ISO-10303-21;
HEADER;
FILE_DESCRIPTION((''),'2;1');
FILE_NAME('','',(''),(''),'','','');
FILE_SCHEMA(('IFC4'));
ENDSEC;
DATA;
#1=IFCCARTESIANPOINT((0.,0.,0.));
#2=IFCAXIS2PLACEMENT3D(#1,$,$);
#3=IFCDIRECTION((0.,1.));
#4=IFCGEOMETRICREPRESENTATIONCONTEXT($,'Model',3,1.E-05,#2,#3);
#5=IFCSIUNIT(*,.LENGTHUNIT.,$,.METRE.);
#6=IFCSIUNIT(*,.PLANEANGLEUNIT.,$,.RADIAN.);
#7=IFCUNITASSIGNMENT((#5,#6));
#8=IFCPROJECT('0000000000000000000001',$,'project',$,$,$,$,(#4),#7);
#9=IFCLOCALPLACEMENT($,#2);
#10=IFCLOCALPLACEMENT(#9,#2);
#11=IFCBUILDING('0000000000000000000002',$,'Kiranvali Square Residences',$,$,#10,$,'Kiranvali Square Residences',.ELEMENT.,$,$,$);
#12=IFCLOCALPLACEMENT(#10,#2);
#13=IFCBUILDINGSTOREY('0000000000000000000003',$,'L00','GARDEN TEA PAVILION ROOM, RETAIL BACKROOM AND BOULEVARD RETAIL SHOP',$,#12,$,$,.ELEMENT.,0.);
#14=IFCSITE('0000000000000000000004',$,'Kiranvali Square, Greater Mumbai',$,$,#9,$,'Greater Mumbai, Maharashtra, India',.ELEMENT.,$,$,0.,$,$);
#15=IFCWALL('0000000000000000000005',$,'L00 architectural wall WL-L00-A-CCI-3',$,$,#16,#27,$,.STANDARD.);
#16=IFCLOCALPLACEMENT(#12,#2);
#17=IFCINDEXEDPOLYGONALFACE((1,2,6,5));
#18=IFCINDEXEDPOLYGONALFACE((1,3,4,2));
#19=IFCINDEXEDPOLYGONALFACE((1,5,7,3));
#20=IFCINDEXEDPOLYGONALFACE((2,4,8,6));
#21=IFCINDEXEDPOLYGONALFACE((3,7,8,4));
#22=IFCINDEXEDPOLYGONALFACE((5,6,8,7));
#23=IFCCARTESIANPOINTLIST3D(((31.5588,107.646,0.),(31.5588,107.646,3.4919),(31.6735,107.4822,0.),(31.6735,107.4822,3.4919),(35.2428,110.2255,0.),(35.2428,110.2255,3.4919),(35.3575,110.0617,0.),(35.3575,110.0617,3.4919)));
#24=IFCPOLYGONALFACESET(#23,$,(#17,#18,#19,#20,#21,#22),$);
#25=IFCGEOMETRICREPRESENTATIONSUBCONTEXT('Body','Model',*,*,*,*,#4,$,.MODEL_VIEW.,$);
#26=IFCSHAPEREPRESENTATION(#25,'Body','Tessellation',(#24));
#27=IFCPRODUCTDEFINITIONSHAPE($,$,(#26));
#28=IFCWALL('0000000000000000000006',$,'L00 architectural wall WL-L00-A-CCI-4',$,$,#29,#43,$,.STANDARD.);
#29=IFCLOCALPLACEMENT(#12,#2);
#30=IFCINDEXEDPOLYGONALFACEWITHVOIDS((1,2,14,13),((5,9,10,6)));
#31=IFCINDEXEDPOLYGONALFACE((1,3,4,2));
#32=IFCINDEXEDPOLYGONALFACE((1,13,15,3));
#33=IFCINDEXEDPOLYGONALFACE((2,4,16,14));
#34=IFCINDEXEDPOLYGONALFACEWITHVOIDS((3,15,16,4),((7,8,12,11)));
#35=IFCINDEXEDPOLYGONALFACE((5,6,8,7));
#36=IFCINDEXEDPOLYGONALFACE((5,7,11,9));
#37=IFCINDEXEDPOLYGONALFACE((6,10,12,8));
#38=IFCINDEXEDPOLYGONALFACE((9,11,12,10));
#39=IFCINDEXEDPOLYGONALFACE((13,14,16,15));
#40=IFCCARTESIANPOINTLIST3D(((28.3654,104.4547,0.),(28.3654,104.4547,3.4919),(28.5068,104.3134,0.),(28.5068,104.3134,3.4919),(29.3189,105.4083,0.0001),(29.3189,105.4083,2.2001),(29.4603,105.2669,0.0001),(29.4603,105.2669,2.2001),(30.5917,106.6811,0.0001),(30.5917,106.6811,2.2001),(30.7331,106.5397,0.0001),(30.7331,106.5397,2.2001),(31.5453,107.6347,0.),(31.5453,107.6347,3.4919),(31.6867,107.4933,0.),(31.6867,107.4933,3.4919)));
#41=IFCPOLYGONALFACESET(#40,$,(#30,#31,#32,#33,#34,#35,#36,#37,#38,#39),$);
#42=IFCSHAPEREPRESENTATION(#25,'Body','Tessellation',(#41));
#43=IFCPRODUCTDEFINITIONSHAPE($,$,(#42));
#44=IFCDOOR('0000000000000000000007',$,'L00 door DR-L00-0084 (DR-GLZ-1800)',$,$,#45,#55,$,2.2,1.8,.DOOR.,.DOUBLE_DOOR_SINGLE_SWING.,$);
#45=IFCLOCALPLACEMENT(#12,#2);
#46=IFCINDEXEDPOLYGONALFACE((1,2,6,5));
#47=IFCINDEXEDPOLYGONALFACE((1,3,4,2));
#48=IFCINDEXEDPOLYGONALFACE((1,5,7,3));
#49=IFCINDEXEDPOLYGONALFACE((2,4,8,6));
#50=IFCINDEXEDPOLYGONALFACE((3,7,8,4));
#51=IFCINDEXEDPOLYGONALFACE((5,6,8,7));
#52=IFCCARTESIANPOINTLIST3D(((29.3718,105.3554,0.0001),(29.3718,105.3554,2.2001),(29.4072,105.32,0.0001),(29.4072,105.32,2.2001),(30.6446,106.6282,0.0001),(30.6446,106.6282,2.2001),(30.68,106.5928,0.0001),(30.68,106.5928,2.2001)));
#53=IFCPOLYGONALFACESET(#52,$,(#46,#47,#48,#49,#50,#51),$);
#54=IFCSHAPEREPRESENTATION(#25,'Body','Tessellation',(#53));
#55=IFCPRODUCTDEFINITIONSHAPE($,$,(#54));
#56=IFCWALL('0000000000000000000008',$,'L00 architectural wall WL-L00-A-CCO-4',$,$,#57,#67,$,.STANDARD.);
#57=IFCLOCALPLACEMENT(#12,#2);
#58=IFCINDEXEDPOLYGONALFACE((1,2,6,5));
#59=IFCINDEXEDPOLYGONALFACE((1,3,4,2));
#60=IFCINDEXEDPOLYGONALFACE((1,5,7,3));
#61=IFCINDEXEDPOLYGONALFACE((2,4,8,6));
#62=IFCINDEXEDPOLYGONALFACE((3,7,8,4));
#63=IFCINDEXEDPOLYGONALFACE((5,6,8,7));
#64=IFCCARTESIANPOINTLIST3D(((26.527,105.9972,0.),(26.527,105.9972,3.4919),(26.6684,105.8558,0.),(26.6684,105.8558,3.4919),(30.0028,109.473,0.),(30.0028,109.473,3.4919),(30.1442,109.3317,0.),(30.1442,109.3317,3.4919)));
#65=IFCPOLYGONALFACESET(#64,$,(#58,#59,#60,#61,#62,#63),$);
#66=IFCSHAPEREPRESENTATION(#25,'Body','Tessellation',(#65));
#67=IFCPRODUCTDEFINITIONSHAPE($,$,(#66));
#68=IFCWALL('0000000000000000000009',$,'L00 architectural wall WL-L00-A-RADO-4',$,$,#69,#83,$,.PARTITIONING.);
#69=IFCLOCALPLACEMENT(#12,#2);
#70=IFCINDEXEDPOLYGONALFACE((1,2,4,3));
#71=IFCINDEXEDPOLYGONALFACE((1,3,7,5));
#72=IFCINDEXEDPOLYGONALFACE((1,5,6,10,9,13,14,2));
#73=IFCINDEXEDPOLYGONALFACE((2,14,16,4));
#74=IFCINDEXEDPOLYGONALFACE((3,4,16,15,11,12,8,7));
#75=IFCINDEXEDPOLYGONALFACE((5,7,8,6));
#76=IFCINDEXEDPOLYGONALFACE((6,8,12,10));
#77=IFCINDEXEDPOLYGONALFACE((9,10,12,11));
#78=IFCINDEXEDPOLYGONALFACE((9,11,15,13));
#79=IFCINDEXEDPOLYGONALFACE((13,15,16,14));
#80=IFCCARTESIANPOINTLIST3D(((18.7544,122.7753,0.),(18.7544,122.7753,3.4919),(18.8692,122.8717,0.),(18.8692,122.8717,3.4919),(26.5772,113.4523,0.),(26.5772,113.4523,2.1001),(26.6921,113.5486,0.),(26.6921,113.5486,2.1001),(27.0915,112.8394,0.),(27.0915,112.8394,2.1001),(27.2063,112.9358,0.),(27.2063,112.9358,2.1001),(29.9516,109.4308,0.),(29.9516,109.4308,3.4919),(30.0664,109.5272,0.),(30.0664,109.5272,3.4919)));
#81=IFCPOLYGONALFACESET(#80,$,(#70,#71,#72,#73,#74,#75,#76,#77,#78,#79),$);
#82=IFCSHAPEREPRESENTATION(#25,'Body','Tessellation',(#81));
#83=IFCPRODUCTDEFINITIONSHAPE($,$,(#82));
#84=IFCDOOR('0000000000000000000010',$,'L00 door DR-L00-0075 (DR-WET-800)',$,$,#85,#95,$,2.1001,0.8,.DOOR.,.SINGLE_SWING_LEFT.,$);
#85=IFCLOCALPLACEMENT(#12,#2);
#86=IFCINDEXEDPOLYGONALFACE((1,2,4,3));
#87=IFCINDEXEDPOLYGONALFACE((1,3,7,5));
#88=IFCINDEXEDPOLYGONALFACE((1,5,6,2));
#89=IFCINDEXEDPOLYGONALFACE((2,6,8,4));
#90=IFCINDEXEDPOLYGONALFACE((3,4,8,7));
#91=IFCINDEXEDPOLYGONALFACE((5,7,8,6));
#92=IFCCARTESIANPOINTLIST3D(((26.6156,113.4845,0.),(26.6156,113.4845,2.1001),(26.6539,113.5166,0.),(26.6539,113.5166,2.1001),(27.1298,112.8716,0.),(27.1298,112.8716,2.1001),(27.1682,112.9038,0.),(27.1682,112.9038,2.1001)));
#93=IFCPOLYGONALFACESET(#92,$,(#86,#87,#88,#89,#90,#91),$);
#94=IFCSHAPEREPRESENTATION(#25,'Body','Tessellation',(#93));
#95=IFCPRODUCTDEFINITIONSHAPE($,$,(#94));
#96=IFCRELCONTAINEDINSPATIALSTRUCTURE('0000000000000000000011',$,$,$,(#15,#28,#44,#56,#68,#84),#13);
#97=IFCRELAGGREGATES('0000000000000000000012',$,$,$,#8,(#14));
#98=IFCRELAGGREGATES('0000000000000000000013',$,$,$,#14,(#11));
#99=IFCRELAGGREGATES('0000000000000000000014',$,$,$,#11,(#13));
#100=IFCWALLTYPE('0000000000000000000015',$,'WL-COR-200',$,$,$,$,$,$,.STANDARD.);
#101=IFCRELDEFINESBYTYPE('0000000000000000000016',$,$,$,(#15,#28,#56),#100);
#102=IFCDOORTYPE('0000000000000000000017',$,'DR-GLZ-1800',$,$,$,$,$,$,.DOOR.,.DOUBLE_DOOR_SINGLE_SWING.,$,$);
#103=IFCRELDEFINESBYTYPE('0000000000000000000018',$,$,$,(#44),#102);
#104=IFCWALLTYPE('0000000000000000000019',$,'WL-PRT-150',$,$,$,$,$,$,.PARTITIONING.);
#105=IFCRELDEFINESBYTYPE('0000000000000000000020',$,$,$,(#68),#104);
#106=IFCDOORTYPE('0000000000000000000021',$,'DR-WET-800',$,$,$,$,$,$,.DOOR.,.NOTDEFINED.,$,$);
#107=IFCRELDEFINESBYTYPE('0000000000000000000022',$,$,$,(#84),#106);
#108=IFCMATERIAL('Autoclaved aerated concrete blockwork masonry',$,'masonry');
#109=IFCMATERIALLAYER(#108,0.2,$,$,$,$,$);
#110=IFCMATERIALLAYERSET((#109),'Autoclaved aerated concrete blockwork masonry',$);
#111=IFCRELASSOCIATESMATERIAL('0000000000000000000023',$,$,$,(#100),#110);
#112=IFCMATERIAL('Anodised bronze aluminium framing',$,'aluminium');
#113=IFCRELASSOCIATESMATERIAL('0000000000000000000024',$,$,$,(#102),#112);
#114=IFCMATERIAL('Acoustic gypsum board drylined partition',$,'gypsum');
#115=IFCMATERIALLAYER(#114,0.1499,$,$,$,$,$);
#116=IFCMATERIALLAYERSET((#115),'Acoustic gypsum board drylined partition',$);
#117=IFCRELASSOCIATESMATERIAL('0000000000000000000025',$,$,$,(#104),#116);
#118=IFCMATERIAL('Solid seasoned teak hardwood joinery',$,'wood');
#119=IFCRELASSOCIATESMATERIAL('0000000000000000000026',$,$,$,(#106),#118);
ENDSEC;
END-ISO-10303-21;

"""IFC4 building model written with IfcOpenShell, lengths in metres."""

from ifc_helpers import new_model, si_unit, direction, frame, frame_2d, origin, place, context, subcontext, project, spatial, rectangle, extrude, material, layer, layer_set, type_object, element, fill, save


model = new_model("IFC4")

# Units and contexts
model_context = context("Model", 3, precision=1e-05, world=origin(), true_north=direction((0.0, 1.0)))
body_context = subcontext(model_context, "Body", "Model", "MODEL_VIEW")
ifc_project = project(units=[si_unit("LENGTHUNIT", "METRE"), si_unit("PLANEANGLEUNIT", "RADIAN")], contexts=[model_context])

# Site, building, storey
site_placement = place(None, origin())
site = spatial("IfcSite", under=ifc_project, at=site_placement, Name="Kiranvali Square, Greater Mumbai", LongName="Greater Mumbai, Maharashtra, India", CompositionType="ELEMENT", RefElevation=0.0)
building_placement = place(site_placement, origin())
building = spatial("IfcBuilding", under=site, at=building_placement, Name="Kiranvali Square Residences", LongName="Kiranvali Square Residences", CompositionType="ELEMENT")
storey_placement = place(building_placement, origin())
storey = spatial("IfcBuildingStorey", under=building, at=storey_placement, Name="L00", Description="GARDEN TEA PAVILION ROOM, RETAIL BACKROOM AND BOULEVARD RETAIL SHOP", CompositionType="ELEMENT", Elevation=0.0)

# Shared definitions
ifc_material_1 = material(Name="Anodised bronze aluminium framing", Category="aluminium")

# Wall
ifc_material_2 = material(Name="Autoclaved aerated concrete blockwork masonry", Category="masonry")
ifc_layer_1 = layer(ifc_material_2, 0.2)
ifc_layer_set_1 = layer_set([ifc_layer_1], Name="Autoclaved aerated concrete blockwork masonry")
wall_type_1 = type_object("IfcWallType", Name="WL-COR-200", PredefinedType="STANDARD", material=ifc_layer_set_1)
wall_1_placement = place(storey_placement, frame((35.3, 110.1436, 0.0), z_axis=(0.0, 0.0, 1.0), x_axis=(-0.819155, -0.573572, 0.0)))
element("IfcWall", 1, at=wall_1_placement, inside=storey, type_object=wall_type_1, Name="L00 architectural wall WL-L00-A-CCI-3", PredefinedType="STANDARD", context=body_context, shape_type="SweptSolid", body=[
    extrude(rectangle(XDim=4.4973, YDim=0.2, at=frame_2d((2.2485, 0.0))), origin(), (0.0, 0.0, 1.0), 3.4919),
])

# Wall, opening, door
wall_2_placement = place(storey_placement, frame((31.616, 107.564, 0.0), z_axis=(0.0, 0.0, 1.0), x_axis=(-0.707107, -0.707107, 0.0)))
wall_2 = element("IfcWall", 2, at=wall_2_placement, inside=storey, type_object=wall_type_1, Name="L00 architectural wall WL-L00-A-CCI-4", PredefinedType="STANDARD", context=body_context, shape_type="SweptSolid", body=[
    extrude(rectangle(XDim=4.4971, YDim=0.2, at=frame_2d((2.2485, 0.0))), origin(), (0.0, 0.0, 1.0), 3.4919),
])
opening_1_placement = place(wall_2_placement, frame((1.3486, 0.0, 0.0)))
opening_1 = element("IfcOpeningElement", 3, at=opening_1_placement, cuts=wall_2, PredefinedType="OPENING", context=body_context, shape_type="SweptSolid", body=[
    extrude(rectangle(XDim=1.8, YDim=2.2, at=frame_2d((0.8999, 1.1001))), frame((0.0, 0.1099, 0.0), z_axis=(0.0, -1.0, 0.0), x_axis=(1.0, 0.0, 0.0)), (0.0, 0.0, 1.0), 0.22),
])
door_type_1 = type_object("IfcDoorType", Name="DR-GLZ-1800", OperationType="DOUBLE_DOOR_SINGLE_SWING", PredefinedType="DOOR", material=ifc_material_1)
door_1_placement = place(opening_1_placement, origin())
door_1 = element("IfcDoor", 4, at=door_1_placement, inside=storey, type_object=door_type_1, Name="L00 door DR-L00-0084 (DR-GLZ-1800)", OperationType="DOUBLE_DOOR_SINGLE_SWING", OverallHeight=2.2, OverallWidth=1.8, PredefinedType="DOOR", context=body_context, shape_type="SweptSolid", body=[
    extrude(rectangle(XDim=1.8, YDim=2.2, at=frame_2d((0.8999, 1.1001))), frame((0.0, 0.0249, 0.0), z_axis=(0.0, -1.0, 0.0), x_axis=(1.0, 0.0, 0.0)), (0.0, 0.0, 1.0), 0.05),
])
fill(opening_1, door_1)

# Wall
wall_3_placement = place(storey_placement, frame((30.0735, 109.4023, 0.0), z_axis=(0.0, 0.0, 1.0), x_axis=(-0.707107, -0.707107, 0.0)))
element("IfcWall", 5, at=wall_3_placement, inside=storey, type_object=wall_type_1, Name="L00 architectural wall WL-L00-A-CCO-4", PredefinedType="STANDARD", context=body_context, shape_type="SweptSolid", body=[
    extrude(rectangle(XDim=4.9155, YDim=0.2, at=frame_2d((2.4578, 0.0))), origin(), (0.0, 0.0, 1.0), 3.4919),
])

# Wall, opening, door
ifc_material_3 = material(Name="Acoustic gypsum board drylined partition", Category="gypsum")
ifc_layer_2 = layer(ifc_material_3, 0.1499)
ifc_layer_set_2 = layer_set([ifc_layer_2], Name="Acoustic gypsum board drylined partition")
wall_type_2 = type_object("IfcWallType", Name="WL-PRT-150", PredefinedType="PARTITIONING", material=ifc_layer_set_2)
wall_4_placement = place(storey_placement, frame((30.009, 109.479, 0.0), z_axis=(0.0, 0.0, 1.0), x_axis=(-0.642785, 0.766047, 0.0)))
wall_4 = element("IfcWall", 6, at=wall_4_placement, inside=storey, type_object=wall_type_2, Name="L00 architectural wall WL-L00-A-RADO-4", PredefinedType="PARTITIONING", context=body_context, shape_type="SweptSolid", body=[
    extrude(rectangle(XDim=17.4199, YDim=0.1499, at=frame_2d((8.71, 0.0))), origin(), (0.0, 0.0, 1.0), 3.4919),
])
opening_2_placement = place(wall_4_placement, frame((4.4497, 0.0, 0.0)))
opening_2 = element("IfcOpeningElement", 7, at=opening_2_placement, cuts=wall_4, PredefinedType="OPENING", context=body_context, shape_type="SweptSolid", body=[
    extrude(rectangle(XDim=0.8, YDim=2.1001, at=frame_2d((0.3999, 1.05))), frame((0.0, 0.085, 0.0), z_axis=(0.0, -1.0, 0.0), x_axis=(1.0, 0.0, 0.0)), (0.0, 0.0, 1.0), 0.1699),
])
ifc_material_4 = material(Name="Solid seasoned teak hardwood joinery", Category="wood")
door_type_2 = type_object("IfcDoorType", Name="DR-WET-800", OperationType="NOTDEFINED", PredefinedType="DOOR", material=ifc_material_4)
door_2_placement = place(opening_2_placement, origin())
door_2 = element("IfcDoor", 8, at=door_2_placement, inside=storey, type_object=door_type_2, Name="L00 door DR-L00-0075 (DR-WET-800)", OperationType="SINGLE_SWING_LEFT", OverallHeight=2.1001, OverallWidth=0.8, PredefinedType="DOOR", context=body_context, shape_type="SweptSolid", body=[
    extrude(rectangle(XDim=0.8, YDim=2.1001, at=frame_2d((0.3999, 1.05))), frame((0.0, 0.0249, 0.0), z_axis=(0.0, -1.0, 0.0), x_axis=(1.0, 0.0, 0.0)), (0.0, 0.0, 1.0), 0.05),
])
fill(opening_2, door_2)

save(model, "model.ifc")
